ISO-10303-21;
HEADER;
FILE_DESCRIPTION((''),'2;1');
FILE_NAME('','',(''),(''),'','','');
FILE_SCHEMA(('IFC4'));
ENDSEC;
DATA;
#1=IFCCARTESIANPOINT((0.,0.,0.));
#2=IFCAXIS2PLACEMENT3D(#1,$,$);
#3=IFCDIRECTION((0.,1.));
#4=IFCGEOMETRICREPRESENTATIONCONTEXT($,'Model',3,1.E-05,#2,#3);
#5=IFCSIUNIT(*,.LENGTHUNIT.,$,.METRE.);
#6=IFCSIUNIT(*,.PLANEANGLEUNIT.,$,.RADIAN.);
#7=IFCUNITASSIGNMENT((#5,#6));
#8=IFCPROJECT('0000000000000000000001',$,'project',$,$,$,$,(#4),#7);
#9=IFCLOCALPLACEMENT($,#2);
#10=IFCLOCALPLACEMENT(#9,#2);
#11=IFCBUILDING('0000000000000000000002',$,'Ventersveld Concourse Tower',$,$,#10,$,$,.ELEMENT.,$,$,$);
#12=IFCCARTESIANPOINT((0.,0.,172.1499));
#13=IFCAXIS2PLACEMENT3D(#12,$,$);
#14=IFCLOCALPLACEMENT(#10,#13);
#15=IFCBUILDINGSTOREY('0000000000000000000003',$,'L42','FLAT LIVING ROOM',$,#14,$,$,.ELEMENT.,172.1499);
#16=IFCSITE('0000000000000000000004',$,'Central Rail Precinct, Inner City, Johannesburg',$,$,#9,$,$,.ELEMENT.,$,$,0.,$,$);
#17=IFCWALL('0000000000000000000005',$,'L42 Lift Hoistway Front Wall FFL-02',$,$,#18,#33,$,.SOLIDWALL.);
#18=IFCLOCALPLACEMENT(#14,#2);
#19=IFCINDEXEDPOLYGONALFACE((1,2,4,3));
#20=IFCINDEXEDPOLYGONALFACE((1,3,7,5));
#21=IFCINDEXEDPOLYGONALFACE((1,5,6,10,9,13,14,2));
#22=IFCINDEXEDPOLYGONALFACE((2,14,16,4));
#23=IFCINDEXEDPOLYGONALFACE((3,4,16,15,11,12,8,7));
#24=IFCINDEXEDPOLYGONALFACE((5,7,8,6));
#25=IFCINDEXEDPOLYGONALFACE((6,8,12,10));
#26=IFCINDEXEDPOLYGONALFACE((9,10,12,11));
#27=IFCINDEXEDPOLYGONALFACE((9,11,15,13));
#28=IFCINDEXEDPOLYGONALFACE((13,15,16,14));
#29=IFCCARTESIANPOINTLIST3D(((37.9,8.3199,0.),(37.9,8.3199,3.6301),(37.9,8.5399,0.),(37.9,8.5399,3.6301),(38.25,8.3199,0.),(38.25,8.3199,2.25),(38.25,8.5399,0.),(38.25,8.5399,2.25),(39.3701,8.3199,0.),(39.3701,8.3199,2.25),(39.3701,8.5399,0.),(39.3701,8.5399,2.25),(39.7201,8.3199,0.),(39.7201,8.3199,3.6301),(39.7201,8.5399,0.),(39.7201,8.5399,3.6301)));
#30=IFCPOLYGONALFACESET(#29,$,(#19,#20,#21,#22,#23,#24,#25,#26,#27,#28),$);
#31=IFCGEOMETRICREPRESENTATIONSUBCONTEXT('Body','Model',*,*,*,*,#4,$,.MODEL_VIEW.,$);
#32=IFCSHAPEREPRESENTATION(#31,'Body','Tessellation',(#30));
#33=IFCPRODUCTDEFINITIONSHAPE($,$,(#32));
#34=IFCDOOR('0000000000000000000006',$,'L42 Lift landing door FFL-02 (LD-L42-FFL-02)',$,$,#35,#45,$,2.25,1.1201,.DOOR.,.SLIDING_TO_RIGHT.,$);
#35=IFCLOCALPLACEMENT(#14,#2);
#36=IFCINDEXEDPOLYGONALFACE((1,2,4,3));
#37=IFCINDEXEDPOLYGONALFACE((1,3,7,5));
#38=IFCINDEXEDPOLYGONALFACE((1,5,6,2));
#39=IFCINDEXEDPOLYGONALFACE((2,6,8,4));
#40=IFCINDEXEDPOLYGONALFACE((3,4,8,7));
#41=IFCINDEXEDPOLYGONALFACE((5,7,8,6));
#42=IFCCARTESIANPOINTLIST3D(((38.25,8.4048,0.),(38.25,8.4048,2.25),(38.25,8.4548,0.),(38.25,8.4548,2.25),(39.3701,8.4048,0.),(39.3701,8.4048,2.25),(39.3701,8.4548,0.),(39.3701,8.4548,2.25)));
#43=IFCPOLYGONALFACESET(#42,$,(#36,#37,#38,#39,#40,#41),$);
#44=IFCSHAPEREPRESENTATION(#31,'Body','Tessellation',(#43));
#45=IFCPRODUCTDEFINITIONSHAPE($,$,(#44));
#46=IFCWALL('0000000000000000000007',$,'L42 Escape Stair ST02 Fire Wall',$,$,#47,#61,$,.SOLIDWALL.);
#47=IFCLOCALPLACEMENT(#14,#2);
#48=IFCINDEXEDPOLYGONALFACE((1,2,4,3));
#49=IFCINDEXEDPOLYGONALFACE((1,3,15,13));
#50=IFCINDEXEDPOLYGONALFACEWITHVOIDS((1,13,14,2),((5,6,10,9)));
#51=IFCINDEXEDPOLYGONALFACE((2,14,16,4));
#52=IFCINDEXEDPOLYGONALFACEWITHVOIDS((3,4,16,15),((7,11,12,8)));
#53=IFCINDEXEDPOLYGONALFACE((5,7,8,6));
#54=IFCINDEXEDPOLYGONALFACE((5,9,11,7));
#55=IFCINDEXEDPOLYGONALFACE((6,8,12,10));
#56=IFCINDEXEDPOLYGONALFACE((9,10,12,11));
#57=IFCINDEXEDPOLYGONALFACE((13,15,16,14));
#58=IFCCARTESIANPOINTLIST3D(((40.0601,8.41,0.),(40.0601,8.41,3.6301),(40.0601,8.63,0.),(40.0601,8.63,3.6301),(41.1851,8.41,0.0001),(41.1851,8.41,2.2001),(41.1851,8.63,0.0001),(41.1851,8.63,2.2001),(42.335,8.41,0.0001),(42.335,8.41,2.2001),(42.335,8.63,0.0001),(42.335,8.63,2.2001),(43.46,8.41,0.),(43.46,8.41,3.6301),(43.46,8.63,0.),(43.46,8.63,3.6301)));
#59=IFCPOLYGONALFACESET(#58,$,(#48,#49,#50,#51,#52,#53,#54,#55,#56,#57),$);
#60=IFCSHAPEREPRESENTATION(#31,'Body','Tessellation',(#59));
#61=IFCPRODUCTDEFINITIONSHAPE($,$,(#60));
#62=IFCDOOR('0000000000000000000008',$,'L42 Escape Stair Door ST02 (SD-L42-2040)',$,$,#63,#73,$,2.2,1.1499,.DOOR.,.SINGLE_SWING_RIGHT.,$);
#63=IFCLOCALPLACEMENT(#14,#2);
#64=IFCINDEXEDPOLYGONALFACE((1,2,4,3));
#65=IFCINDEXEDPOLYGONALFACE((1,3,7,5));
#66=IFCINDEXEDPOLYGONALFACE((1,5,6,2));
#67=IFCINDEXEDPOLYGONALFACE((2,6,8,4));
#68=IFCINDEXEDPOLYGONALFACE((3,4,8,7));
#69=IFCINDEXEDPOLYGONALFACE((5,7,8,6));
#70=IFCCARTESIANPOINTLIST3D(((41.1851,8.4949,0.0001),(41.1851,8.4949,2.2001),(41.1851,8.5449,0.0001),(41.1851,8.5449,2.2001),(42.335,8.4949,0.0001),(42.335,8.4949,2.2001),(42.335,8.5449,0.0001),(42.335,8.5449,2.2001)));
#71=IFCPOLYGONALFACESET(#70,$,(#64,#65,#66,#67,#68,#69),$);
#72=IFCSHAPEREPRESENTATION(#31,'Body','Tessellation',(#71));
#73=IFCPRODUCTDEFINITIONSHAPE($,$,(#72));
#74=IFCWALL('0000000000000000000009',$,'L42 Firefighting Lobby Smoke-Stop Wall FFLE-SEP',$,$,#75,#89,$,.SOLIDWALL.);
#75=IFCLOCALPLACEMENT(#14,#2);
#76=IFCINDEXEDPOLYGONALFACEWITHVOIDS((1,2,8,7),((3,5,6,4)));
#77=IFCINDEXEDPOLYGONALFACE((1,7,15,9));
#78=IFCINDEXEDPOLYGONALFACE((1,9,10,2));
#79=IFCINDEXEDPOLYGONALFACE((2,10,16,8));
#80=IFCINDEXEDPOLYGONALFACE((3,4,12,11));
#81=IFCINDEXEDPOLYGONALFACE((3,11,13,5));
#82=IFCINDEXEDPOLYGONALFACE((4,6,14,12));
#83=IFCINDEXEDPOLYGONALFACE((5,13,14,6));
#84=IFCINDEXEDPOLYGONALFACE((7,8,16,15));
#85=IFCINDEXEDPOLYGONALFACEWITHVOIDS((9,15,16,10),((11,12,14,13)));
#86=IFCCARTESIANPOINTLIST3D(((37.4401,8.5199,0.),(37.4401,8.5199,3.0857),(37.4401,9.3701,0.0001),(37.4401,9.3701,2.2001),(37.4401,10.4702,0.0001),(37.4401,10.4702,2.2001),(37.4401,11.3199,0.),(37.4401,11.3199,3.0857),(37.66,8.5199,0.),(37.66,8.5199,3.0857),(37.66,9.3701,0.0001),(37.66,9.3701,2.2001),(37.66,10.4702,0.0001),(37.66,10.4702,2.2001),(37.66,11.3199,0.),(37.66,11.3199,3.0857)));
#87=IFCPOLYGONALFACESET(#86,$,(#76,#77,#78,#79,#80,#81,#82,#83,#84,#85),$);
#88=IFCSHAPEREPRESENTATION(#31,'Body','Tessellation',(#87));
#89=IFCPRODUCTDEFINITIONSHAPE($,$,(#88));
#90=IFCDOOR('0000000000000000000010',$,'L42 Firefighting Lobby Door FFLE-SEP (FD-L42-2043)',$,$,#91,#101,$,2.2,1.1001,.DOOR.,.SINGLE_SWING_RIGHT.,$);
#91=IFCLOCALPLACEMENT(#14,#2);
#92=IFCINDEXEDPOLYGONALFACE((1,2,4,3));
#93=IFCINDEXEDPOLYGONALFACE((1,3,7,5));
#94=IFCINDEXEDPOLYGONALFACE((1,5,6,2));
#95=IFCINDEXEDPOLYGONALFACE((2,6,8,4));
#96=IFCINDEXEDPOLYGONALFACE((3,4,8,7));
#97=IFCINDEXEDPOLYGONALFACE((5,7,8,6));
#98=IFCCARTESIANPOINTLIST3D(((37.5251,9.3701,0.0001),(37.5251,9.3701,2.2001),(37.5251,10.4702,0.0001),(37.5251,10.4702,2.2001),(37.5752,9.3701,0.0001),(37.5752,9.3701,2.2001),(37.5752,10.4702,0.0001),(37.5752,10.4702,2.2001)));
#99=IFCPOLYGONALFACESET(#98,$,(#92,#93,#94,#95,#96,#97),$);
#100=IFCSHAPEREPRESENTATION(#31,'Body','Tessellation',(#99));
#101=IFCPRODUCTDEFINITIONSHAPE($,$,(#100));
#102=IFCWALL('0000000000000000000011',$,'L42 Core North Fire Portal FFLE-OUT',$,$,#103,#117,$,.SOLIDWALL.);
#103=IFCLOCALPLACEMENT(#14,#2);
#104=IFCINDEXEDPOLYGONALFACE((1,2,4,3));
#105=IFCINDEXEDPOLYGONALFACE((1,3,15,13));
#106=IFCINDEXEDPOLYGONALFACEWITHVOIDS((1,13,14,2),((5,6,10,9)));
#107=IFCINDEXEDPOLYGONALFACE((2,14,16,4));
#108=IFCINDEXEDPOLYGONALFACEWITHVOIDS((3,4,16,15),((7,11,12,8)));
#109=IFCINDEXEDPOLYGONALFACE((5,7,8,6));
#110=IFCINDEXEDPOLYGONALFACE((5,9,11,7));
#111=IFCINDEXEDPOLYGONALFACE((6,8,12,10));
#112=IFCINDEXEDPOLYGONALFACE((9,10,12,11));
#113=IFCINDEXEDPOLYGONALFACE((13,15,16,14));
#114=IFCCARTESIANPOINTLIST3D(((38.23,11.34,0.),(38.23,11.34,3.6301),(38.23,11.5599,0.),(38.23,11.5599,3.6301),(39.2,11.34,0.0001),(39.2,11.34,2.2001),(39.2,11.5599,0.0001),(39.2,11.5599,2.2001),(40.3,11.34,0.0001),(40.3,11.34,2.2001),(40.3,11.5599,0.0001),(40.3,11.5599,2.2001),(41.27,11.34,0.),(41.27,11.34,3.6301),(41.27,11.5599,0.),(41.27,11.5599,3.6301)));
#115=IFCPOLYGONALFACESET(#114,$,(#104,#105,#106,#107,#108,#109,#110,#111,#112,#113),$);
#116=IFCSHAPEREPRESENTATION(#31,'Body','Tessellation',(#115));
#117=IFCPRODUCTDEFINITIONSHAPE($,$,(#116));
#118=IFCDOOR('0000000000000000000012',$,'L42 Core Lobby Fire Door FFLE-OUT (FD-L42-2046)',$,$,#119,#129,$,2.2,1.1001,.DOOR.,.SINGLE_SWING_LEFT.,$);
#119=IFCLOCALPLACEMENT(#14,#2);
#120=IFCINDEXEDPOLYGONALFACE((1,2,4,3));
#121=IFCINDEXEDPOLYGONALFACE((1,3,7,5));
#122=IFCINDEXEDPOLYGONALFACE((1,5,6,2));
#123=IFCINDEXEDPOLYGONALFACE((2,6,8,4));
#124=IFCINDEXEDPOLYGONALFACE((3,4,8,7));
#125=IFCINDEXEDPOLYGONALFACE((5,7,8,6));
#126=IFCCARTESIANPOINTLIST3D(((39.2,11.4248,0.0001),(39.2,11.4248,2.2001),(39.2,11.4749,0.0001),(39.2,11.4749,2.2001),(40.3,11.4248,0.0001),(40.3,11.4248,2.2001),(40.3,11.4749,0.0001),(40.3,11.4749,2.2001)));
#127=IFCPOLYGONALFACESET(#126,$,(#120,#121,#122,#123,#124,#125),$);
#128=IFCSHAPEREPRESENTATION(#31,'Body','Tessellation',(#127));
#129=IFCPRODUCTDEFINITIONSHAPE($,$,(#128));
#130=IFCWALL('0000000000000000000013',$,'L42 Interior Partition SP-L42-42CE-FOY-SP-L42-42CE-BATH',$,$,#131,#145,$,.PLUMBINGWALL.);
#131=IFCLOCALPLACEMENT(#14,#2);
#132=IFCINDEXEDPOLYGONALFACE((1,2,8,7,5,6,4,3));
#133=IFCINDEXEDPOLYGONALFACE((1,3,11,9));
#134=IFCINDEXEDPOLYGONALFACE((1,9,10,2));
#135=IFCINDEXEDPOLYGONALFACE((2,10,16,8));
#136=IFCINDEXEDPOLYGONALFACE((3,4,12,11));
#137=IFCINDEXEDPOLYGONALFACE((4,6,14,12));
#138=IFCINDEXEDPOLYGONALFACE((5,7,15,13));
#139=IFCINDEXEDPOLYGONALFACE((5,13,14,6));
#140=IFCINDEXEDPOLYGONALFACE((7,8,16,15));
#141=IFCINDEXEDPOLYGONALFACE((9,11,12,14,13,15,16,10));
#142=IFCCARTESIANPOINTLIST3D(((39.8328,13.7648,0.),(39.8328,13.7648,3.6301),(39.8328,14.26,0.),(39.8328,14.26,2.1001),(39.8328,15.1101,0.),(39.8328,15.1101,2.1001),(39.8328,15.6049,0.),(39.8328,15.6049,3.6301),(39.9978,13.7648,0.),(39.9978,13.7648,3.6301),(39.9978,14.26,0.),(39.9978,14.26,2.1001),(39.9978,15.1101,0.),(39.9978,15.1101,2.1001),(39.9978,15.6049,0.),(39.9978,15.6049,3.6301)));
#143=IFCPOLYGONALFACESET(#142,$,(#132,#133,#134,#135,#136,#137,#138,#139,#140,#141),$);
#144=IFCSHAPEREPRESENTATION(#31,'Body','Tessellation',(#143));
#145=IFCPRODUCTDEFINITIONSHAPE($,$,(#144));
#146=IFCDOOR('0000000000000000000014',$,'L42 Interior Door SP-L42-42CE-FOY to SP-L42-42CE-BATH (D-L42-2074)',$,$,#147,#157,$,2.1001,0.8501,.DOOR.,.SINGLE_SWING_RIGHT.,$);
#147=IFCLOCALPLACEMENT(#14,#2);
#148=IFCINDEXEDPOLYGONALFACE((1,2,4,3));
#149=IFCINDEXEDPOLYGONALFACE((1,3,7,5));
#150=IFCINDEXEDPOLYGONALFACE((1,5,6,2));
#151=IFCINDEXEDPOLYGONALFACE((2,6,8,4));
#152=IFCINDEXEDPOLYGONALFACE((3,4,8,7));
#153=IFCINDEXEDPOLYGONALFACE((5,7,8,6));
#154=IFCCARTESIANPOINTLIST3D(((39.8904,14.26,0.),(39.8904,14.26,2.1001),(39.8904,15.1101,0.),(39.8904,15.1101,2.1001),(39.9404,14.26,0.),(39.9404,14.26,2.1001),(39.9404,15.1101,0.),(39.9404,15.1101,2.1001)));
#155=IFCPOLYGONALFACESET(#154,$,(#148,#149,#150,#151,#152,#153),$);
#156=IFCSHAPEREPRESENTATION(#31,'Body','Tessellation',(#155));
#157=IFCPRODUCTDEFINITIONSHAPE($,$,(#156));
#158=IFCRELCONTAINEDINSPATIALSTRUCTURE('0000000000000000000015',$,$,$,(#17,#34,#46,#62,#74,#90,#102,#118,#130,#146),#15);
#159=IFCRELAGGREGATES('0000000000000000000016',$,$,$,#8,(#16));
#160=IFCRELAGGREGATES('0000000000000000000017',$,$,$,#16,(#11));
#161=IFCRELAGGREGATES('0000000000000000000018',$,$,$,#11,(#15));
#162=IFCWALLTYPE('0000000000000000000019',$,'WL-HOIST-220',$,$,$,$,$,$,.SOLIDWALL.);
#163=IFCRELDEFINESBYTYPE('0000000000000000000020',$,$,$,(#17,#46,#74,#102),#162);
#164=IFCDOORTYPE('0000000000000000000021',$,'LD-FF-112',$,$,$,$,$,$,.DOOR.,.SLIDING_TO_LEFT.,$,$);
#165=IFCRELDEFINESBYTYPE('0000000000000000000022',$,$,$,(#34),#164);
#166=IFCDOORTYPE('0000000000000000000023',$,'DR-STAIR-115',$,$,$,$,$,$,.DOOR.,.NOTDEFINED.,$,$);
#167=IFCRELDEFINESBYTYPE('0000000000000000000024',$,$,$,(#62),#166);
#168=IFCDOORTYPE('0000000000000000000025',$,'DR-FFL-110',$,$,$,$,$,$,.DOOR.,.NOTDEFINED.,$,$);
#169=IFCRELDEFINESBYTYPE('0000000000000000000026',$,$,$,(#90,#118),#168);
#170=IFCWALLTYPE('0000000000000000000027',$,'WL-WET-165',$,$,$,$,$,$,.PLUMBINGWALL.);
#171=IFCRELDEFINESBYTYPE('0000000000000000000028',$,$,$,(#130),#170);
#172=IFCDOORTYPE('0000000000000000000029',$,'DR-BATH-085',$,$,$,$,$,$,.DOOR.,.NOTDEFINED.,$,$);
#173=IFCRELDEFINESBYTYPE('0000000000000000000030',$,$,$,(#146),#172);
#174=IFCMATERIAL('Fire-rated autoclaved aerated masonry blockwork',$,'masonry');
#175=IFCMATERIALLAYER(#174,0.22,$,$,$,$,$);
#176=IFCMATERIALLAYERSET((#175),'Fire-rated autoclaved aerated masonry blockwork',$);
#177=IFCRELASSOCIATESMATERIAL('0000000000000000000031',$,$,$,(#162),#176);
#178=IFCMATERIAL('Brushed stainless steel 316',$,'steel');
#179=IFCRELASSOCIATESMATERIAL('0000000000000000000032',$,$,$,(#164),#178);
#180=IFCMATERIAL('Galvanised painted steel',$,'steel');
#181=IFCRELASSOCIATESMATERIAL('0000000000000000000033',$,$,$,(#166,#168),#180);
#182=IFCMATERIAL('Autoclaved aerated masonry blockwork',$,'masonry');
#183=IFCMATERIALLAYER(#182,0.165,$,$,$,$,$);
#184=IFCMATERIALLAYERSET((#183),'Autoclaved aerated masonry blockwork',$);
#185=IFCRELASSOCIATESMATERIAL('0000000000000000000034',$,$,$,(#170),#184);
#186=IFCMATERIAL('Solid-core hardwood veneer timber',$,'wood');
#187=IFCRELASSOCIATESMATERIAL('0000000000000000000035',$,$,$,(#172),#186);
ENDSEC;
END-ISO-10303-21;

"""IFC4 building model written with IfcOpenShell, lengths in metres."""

from ifc_helpers import new_model, si_unit, direction, frame, frame_2d, origin, place, context, subcontext, project, spatial, rectangle, extrude, material, layer, layer_set, type_object, element, fill, save


model = new_model("IFC4")

# Units and contexts
model_context = context("Model", 3, precision=1e-05, world=origin(), true_north=direction((0.0, 1.0)))
body_context = subcontext(model_context, "Body", "Model", "MODEL_VIEW")
ifc_project = project(units=[si_unit("LENGTHUNIT", "METRE"), si_unit("PLANEANGLEUNIT", "RADIAN")], contexts=[model_context])

# Site, building, storey
site_placement = place(None, origin())
site = spatial("IfcSite", under=ifc_project, at=site_placement, Name="Central Rail Precinct, Inner City, Johannesburg", CompositionType="ELEMENT", RefElevation=0.0)
building_placement = place(site_placement, origin())
building = spatial("IfcBuilding", under=site, at=building_placement, Name="Ventersveld Concourse Tower", CompositionType="ELEMENT")
storey_placement = place(building_placement, frame((0.0, 0.0, 172.1499)))
storey = spatial("IfcBuildingStorey", under=building, at=storey_placement, Name="L42", Description="FLAT LIVING ROOM", CompositionType="ELEMENT", Elevation=172.1499)

# Shared definitions
ifc_material_1 = material(Name="Fire-rated autoclaved aerated masonry blockwork", Category="masonry")
ifc_layer_1 = layer(ifc_material_1, 0.22)
ifc_layer_set_1 = layer_set([ifc_layer_1], Name="Fire-rated autoclaved aerated masonry blockwork")
wall_type_1 = type_object("IfcWallType", Name="WL-HOIST-220", PredefinedType="SOLIDWALL", material=ifc_layer_set_1)

# Walls, openings, doors
wall_1_placement = place(storey_placement, frame((37.8999, 8.4299, 0.0), z_axis=(0.0, 0.0, 1.0), x_axis=(1.0, 0.0, 0.0)))
wall_1 = element("IfcWall", 1, at=wall_1_placement, inside=storey, type_object=wall_type_1, Name="L42 Lift Hoistway Front Wall FFL-02", PredefinedType="SOLIDWALL", context=body_context, shape_type="SweptSolid", body=[
    extrude(rectangle(XDim=1.8201, YDim=0.22, at=frame_2d((0.9102, 0.0))), origin(), (0.0, 0.0, 1.0), 3.6301),
])
opening_1_placement = place(wall_1_placement, frame((0.3501, 0.0, 0.0)))
opening_1 = element("IfcOpeningElement", 2, at=opening_1_placement, cuts=wall_1, PredefinedType="OPENING", context=body_context, shape_type="SweptSolid", body=[
    extrude(rectangle(XDim=1.1201, YDim=2.25, at=frame_2d((0.5601, 1.125))), frame((0.0, 0.1201, 0.0), z_axis=(0.0, -1.0, 0.0), x_axis=(1.0, 0.0, 0.0)), (0.0, 0.0, 1.0), 0.24),
])
ifc_material_2 = material(Name="Brushed stainless steel 316", Category="steel")
door_type_1 = type_object("IfcDoorType", Name="LD-FF-112", OperationType="SLIDING_TO_LEFT", PredefinedType="DOOR", material=ifc_material_2)
door_1_placement = place(opening_1_placement, origin())
door_1 = element("IfcDoor", 3, at=door_1_placement, inside=storey, type_object=door_type_1, Name="L42 Lift landing door FFL-02 (LD-L42-FFL-02)", OperationType="SLIDING_TO_RIGHT", OverallHeight=2.25, OverallWidth=1.1201, PredefinedType="DOOR", context=body_context, shape_type="SweptSolid", body=[
    extrude(rectangle(XDim=1.1201, YDim=2.25, at=frame_2d((0.5601, 1.125))), frame((0.0, 0.0249, 0.0), z_axis=(0.0, -1.0, 0.0), x_axis=(1.0, 0.0, 0.0)), (0.0, 0.0, 1.0), 0.05),
])
fill(opening_1, door_1)
wall_2_placement = place(storey_placement, frame((40.0601, 8.52, 0.0), z_axis=(0.0, 0.0, 1.0), x_axis=(1.0, 0.0, 0.0)))
wall_2 = element("IfcWall", 4, at=wall_2_placement, inside=storey, type_object=wall_type_1, Name="L42 Escape Stair ST02 Fire Wall", PredefinedType="SOLIDWALL", context=body_context, shape_type="SweptSolid", body=[
    extrude(rectangle(XDim=3.3999, YDim=0.22, at=frame_2d((1.7, 0.0))), origin(), (0.0, 0.0, 1.0), 3.6301),
])
opening_2_placement = place(wall_2_placement, frame((1.125, 0.0, 0.0)))
opening_2 = element("IfcOpeningElement", 5, at=opening_2_placement, cuts=wall_2, PredefinedType="OPENING", context=body_context, shape_type="SweptSolid", body=[
    extrude(rectangle(XDim=1.1499, YDim=2.2, at=frame_2d((0.575, 1.1001))), frame((0.0, 0.1201, 0.0), z_axis=(0.0, -1.0, 0.0), x_axis=(1.0, 0.0, 0.0)), (0.0, 0.0, 1.0), 0.24),
])
ifc_material_3 = material(Name="Galvanised painted steel", Category="steel")
door_type_2 = type_object("IfcDoorType", Name="DR-STAIR-115", OperationType="NOTDEFINED", PredefinedType="DOOR", material=ifc_material_3)
door_2_placement = place(opening_2_placement, origin())
door_2 = element("IfcDoor", 6, at=door_2_placement, inside=storey, type_object=door_type_2, Name="L42 Escape Stair Door ST02 (SD-L42-2040)", OperationType="SINGLE_SWING_RIGHT", OverallHeight=2.2, OverallWidth=1.1499, PredefinedType="DOOR", context=body_context, shape_type="SweptSolid", body=[
    extrude(rectangle(XDim=1.1499, YDim=2.2, at=frame_2d((0.575, 1.1001))), frame((0.0, 0.0249, 0.0), z_axis=(0.0, -1.0, 0.0), x_axis=(1.0, 0.0, 0.0)), (0.0, 0.0, 1.0), 0.05),
])
fill(opening_2, door_2)
wall_3_placement = place(storey_placement, frame((37.55, 8.52, 0.0), z_axis=(0.0, 0.0, 1.0), x_axis=(0.0, 1.0, 0.0)))
wall_3 = element("IfcWall", 7, at=wall_3_placement, inside=storey, type_object=wall_type_1, Name="L42 Firefighting Lobby Smoke-Stop Wall FFLE-SEP", PredefinedType="SOLIDWALL", context=body_context, shape_type="SweptSolid", body=[
    extrude(rectangle(XDim=2.8, YDim=0.22, at=frame_2d((1.3999, 0.0))), origin(), (0.0, 0.0, 1.0), 3.0857),
])
opening_3_placement = place(wall_3_placement, frame((0.8501, 0.0, 0.0)))
opening_3 = element("IfcOpeningElement", 8, at=opening_3_placement, cuts=wall_3, PredefinedType="OPENING", context=body_context, shape_type="SweptSolid", body=[
    extrude(rectangle(XDim=1.1001, YDim=2.2, at=frame_2d((0.55, 1.1001))), frame((0.0, 0.1201, 0.0), z_axis=(0.0, -1.0, 0.0), x_axis=(1.0, 0.0, 0.0)), (0.0, 0.0, 1.0), 0.24),
])
door_type_3 = type_object("IfcDoorType", Name="DR-FFL-110", OperationType="NOTDEFINED", PredefinedType="DOOR", material=ifc_material_3)
door_3_placement = place(opening_3_placement, origin())
door_3 = element("IfcDoor", 9, at=door_3_placement, inside=storey, type_object=door_type_3, Name="L42 Firefighting Lobby Door FFLE-SEP (FD-L42-2043)", OperationType="SINGLE_SWING_RIGHT", OverallHeight=2.2, OverallWidth=1.1001, PredefinedType="DOOR", context=body_context, shape_type="SweptSolid", body=[
    extrude(rectangle(XDim=1.1001, YDim=2.2, at=frame_2d((0.55, 1.1001))), frame((0.0, 0.0249, 0.0), z_axis=(0.0, -1.0, 0.0), x_axis=(1.0, 0.0, 0.0)), (0.0, 0.0, 1.0), 0.05),
])
fill(opening_3, door_3)
wall_4_placement = place(storey_placement, frame((38.23, 11.45, 0.0), z_axis=(0.0, 0.0, 1.0), x_axis=(1.0, 0.0, 0.0)))
wall_4 = element("IfcWall", 10, at=wall_4_placement, inside=storey, type_object=wall_type_1, Name="L42 Core North Fire Portal FFLE-OUT", PredefinedType="SOLIDWALL", context=body_context, shape_type="SweptSolid", body=[
    extrude(rectangle(XDim=3.04, YDim=0.22, at=frame_2d((1.52, 0.0))), origin(), (0.0, 0.0, 1.0), 3.6301),
])
opening_4_placement = place(wall_4_placement, frame((0.97, 0.0, 0.0)))
opening_4 = element("IfcOpeningElement", 11, at=opening_4_placement, cuts=wall_4, PredefinedType="OPENING", context=body_context, shape_type="SweptSolid", body=[
    extrude(rectangle(XDim=1.1001, YDim=2.2, at=frame_2d((0.55, 1.1001))), frame((0.0, 0.1201, 0.0), z_axis=(0.0, -1.0, 0.0), x_axis=(1.0, 0.0, 0.0)), (0.0, 0.0, 1.0), 0.24),
])
door_4_placement = place(opening_4_placement, origin())
door_4 = element("IfcDoor", 12, at=door_4_placement, inside=storey, type_object=door_type_3, Name="L42 Core Lobby Fire Door FFLE-OUT (FD-L42-2046)", OperationType="SINGLE_SWING_LEFT", OverallHeight=2.2, OverallWidth=1.1001, PredefinedType="DOOR", context=body_context, shape_type="SweptSolid", body=[
    extrude(rectangle(XDim=1.1001, YDim=2.2, at=frame_2d((0.55, 1.1001))), frame((0.0, 0.0249, 0.0), z_axis=(0.0, -1.0, 0.0), x_axis=(1.0, 0.0, 0.0)), (0.0, 0.0, 1.0), 0.05),
])
fill(opening_4, door_4)
ifc_material_4 = material(Name="Autoclaved aerated masonry blockwork", Category="masonry")
ifc_layer_2 = layer(ifc_material_4, 0.165)
ifc_layer_set_2 = layer_set([ifc_layer_2], Name="Autoclaved aerated masonry blockwork")
wall_type_2 = type_object("IfcWallType", Name="WL-WET-165", PredefinedType="PLUMBINGWALL", material=ifc_layer_set_2)
wall_5_placement = place(storey_placement, frame((39.9153, 13.7649, 0.0), z_axis=(0.0, 0.0, 1.0), x_axis=(0.0, 1.0, 0.0)))
wall_5 = element("IfcWall", 13, at=wall_5_placement, inside=storey, type_object=wall_type_2, Name="L42 Interior Partition SP-L42-42CE-FOY-SP-L42-42CE-BATH", PredefinedType="PLUMBINGWALL", context=body_context, shape_type="SweptSolid", body=[
    extrude(rectangle(XDim=1.8401, YDim=0.165, at=frame_2d((0.9199, 0.0))), origin(), (0.0, 0.0, 1.0), 3.6301),
])
opening_5_placement = place(wall_5_placement, frame((0.4951, 0.0, 0.0)))
opening_5 = element("IfcOpeningElement", 14, at=opening_5_placement, cuts=wall_5, PredefinedType="OPENING", context=body_context, shape_type="SweptSolid", body=[
    extrude(rectangle(XDim=0.8501, YDim=2.1001, at=frame_2d((0.425, 1.05))), frame((0.0, 0.0925, 0.0), z_axis=(0.0, -1.0, 0.0), x_axis=(1.0, 0.0, 0.0)), (0.0, 0.0, 1.0), 0.1851),
])
ifc_material_5 = material(Name="Solid-core hardwood veneer timber", Category="wood")
door_type_4 = type_object("IfcDoorType", Name="DR-BATH-085", OperationType="NOTDEFINED", PredefinedType="DOOR", material=ifc_material_5)
door_5_placement = place(opening_5_placement, origin())
door_5 = element("IfcDoor", 15, at=door_5_placement, inside=storey, type_object=door_type_4, Name="L42 Interior Door SP-L42-42CE-FOY to SP-L42-42CE-BATH (D-L42-2074)", OperationType="SINGLE_SWING_RIGHT", OverallHeight=2.1001, OverallWidth=0.8501, PredefinedType="DOOR", context=body_context, shape_type="SweptSolid", body=[
    extrude(rectangle(XDim=0.8501, YDim=2.1001, at=frame_2d((0.425, 1.05))), frame((0.0, 0.0249, 0.0), z_axis=(0.0, -1.0, 0.0), x_axis=(1.0, 0.0, 0.0)), (0.0, 0.0, 1.0), 0.05),
])
fill(opening_5, door_5)

save(model, "model.ifc")
